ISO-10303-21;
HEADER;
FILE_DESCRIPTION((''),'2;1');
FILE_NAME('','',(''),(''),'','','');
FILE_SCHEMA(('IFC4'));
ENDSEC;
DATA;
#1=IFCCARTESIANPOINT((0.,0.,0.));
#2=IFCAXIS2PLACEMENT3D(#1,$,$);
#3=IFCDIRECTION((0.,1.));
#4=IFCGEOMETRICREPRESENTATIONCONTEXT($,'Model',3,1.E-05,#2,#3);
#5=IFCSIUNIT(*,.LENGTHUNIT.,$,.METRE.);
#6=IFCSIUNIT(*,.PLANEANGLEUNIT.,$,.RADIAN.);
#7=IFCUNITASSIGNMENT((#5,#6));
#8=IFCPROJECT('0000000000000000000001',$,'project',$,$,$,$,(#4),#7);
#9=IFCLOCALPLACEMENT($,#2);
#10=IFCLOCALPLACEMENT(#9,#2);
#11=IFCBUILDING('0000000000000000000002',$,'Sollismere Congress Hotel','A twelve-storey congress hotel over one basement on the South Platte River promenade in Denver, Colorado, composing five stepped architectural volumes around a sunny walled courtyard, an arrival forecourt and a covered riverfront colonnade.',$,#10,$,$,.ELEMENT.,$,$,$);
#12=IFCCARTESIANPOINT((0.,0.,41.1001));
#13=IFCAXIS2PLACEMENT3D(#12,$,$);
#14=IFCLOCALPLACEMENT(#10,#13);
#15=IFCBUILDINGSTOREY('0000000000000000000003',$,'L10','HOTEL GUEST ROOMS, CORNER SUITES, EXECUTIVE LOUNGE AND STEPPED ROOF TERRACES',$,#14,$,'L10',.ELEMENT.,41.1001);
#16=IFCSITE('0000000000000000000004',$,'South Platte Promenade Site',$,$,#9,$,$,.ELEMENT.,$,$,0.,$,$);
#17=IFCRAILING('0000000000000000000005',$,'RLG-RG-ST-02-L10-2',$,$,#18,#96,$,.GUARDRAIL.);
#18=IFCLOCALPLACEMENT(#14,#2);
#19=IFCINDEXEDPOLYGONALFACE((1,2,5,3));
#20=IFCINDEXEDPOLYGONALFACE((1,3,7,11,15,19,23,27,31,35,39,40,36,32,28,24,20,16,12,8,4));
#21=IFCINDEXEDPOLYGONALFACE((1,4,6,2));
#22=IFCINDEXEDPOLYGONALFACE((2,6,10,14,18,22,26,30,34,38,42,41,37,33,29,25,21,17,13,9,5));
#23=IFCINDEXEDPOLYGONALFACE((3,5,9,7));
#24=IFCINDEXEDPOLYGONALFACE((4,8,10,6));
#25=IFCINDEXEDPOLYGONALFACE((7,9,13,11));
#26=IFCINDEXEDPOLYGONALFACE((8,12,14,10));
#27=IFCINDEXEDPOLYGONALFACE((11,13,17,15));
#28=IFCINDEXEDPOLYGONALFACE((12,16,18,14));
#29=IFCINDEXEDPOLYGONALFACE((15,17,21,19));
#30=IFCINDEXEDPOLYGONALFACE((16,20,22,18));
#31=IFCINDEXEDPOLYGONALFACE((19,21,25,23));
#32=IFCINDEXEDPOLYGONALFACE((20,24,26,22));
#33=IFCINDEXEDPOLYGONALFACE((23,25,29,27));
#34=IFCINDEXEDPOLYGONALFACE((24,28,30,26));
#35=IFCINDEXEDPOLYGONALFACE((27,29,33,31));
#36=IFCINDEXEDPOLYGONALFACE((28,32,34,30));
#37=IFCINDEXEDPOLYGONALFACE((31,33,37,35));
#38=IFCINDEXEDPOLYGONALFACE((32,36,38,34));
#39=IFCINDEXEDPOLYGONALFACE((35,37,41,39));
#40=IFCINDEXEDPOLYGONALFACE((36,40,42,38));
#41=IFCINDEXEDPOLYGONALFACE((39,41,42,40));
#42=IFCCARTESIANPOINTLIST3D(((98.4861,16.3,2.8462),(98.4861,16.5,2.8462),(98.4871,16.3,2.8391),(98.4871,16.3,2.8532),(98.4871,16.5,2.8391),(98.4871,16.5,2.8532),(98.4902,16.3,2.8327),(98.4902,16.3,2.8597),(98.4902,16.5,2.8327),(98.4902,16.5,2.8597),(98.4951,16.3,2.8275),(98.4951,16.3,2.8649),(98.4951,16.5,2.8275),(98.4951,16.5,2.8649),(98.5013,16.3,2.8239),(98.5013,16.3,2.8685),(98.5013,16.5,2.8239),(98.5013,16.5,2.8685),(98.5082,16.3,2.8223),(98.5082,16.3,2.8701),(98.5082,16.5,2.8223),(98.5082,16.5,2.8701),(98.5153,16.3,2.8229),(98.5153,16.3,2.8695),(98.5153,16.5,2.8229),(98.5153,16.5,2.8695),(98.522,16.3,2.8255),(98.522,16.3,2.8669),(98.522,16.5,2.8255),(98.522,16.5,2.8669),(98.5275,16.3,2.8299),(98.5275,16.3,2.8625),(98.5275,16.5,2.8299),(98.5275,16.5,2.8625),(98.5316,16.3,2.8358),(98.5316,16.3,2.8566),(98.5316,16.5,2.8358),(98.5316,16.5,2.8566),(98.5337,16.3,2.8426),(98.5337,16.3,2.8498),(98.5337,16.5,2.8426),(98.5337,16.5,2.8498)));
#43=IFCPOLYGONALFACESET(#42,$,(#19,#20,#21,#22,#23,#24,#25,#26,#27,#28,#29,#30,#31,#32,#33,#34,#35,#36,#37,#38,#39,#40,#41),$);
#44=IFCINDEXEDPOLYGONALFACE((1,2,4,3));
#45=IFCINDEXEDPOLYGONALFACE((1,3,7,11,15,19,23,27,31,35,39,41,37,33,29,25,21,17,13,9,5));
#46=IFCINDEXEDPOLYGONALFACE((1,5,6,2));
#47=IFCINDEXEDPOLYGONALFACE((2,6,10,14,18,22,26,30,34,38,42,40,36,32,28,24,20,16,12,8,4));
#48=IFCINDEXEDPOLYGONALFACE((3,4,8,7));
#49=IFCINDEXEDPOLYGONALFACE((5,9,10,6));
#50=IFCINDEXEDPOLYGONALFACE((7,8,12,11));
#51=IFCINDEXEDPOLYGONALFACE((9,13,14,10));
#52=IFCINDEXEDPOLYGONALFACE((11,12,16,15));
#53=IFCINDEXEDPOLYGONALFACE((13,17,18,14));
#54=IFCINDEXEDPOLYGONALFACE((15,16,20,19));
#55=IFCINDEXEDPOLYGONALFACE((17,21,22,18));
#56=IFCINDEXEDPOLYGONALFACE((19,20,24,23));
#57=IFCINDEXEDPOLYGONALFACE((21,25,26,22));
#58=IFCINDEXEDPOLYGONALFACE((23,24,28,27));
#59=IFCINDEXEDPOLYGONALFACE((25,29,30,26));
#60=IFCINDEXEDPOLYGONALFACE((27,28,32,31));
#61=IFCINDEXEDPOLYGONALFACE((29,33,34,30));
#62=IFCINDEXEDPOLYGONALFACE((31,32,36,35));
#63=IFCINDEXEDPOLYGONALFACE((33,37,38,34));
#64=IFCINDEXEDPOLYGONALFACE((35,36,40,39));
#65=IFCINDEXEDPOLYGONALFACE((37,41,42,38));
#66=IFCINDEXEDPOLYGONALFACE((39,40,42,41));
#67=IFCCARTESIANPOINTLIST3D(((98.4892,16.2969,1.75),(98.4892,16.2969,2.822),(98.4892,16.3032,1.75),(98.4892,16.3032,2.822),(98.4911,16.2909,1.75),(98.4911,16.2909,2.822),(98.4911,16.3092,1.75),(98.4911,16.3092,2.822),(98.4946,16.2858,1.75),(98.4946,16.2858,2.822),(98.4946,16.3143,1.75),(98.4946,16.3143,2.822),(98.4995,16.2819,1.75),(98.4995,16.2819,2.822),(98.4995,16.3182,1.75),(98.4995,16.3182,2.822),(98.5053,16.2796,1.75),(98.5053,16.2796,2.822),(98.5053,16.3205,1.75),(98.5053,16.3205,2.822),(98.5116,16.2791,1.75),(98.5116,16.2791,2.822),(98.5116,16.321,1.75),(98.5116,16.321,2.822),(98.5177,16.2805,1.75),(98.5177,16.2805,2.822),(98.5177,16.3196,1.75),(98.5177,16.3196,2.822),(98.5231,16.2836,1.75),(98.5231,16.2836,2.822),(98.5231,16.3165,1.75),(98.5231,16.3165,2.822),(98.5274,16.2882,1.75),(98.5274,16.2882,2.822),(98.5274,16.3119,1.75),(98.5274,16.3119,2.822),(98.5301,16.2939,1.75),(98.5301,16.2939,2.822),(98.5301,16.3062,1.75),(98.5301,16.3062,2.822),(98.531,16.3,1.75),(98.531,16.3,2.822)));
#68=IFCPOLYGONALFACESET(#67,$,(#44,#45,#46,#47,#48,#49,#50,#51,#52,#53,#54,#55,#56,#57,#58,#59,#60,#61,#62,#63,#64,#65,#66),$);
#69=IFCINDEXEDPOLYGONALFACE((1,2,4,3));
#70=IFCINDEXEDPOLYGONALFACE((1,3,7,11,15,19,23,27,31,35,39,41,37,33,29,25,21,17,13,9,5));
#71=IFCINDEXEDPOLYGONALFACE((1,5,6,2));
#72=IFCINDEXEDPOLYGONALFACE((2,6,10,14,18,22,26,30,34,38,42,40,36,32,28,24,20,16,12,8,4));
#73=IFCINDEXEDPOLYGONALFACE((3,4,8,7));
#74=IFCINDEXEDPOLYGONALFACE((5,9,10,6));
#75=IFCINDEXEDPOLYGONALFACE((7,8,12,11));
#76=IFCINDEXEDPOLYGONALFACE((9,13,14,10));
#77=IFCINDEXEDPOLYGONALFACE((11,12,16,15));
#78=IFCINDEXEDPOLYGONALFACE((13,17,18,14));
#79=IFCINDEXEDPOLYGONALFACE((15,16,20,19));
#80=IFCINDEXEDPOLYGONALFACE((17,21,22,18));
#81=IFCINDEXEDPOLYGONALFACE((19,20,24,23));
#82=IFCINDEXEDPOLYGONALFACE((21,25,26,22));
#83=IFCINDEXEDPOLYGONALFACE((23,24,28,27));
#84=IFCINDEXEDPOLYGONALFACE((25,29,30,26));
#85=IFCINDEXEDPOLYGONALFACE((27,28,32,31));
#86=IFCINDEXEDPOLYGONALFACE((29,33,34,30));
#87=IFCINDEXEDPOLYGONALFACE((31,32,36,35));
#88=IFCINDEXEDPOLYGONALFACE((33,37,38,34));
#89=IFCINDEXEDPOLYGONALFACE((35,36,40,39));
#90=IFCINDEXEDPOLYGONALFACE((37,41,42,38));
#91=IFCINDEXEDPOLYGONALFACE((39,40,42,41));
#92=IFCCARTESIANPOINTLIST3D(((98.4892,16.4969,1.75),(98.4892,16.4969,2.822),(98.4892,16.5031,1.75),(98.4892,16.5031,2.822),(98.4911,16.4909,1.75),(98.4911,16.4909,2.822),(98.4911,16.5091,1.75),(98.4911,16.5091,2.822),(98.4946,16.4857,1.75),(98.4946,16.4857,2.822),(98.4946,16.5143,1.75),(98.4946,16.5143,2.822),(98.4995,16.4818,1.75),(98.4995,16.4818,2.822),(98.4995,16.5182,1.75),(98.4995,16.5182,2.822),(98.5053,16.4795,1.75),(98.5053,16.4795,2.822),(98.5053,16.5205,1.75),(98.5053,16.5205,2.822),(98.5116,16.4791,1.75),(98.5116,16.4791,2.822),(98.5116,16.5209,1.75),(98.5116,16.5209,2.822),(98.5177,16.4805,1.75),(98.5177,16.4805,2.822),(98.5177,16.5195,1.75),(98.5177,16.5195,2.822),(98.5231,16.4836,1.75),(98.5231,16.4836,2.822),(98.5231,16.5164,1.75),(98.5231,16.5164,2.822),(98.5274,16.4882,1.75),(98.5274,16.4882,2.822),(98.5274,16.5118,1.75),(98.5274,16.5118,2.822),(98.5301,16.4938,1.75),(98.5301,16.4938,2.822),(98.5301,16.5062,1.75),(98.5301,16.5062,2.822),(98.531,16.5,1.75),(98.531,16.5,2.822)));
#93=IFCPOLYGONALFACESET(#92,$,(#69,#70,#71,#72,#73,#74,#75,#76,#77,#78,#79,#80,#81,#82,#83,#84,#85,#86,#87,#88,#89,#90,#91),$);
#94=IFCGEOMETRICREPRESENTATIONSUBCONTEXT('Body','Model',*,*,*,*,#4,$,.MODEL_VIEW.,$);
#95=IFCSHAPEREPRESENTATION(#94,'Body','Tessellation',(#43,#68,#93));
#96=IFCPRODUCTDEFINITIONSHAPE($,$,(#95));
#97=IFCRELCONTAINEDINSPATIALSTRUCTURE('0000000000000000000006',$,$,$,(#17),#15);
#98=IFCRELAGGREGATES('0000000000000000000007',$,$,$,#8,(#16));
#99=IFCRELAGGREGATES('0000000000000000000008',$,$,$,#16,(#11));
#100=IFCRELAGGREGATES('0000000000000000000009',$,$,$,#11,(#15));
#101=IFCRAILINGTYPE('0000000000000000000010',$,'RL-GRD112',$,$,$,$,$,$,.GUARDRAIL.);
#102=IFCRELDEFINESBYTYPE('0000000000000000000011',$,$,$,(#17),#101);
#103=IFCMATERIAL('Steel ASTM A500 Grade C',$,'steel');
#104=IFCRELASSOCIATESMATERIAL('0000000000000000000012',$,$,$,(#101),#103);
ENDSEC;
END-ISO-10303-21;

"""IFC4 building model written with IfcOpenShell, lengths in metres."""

from ifc_helpers import new_model, si_unit, direction, frame, origin, origin_2d, place, context, subcontext, project, spatial, circle, extrude, material, type_object, element, save


model = new_model("IFC4")

# Units and contexts
model_context = context("Model", 3, precision=1e-05, world=origin(), true_north=direction((0.0, 1.0)))
body_context = subcontext(model_context, "Body", "Model", "MODEL_VIEW")
ifc_project = project(units=[si_unit("LENGTHUNIT", "METRE"), si_unit("PLANEANGLEUNIT", "RADIAN")], contexts=[model_context])

# Site, building, storey
site_placement = place(None, origin())
site = spatial("IfcSite", under=ifc_project, at=site_placement, Name="South Platte Promenade Site", CompositionType="ELEMENT", RefElevation=0.0)
building_placement = place(site_placement, origin())
building = spatial("IfcBuilding", under=site, at=building_placement, Name="Sollismere Congress Hotel", Description="A twelve-storey congress hotel over one basement on the South Platte River promenade in Denver, Colorado, composing five stepped architectural volumes around a sunny walled courtyard, an arrival forecourt and a covered riverfront colonnade.", CompositionType="ELEMENT")
storey_placement = place(building_placement, frame((0.0, 0.0, 41.1001)))
storey = spatial("IfcBuildingStorey", under=building, at=storey_placement, Name="L10", Description="HOTEL GUEST ROOMS, CORNER SUITES, EXECUTIVE LOUNGE AND STEPPED ROOF TERRACES", LongName="L10", CompositionType="ELEMENT", Elevation=41.1001)

# Shared definitions
ifc_material_1 = material(Name="Steel ASTM A500 Grade C", Category="steel")

# Railing
railing_type_1 = type_object("IfcRailingType", Name="RL-GRD112", PredefinedType="GUARDRAIL", material=ifc_material_1)
railing_1_placement = place(storey_placement, frame((98.51, 16.3, 1.75)))
element("IfcRailing", 1, at=railing_1_placement, inside=storey, type_object=railing_type_1, Name="RLG-RG-ST-02-L10-2", PredefinedType="GUARDRAIL", context=body_context, shape_type="SweptSolid", body=[
    extrude(circle(Radius=0.0239, at=origin_2d()), frame((0.0, 0.0, 1.0962), z_axis=(0.0, 1.0, 0.0), x_axis=(-1.0, 0.0, 0.0)), (0.0, 0.0, 1.0), 0.2),
    extrude(circle(Radius=0.021, at=origin_2d()), origin(), (0.0, 0.0, 1.0), 1.072),
    extrude(circle(Radius=0.021, at=origin_2d()), frame((0.0, 0.2, 0.0)), (0.0, 0.0, 1.0), 1.072),
])

save(model, "model.ifc")
